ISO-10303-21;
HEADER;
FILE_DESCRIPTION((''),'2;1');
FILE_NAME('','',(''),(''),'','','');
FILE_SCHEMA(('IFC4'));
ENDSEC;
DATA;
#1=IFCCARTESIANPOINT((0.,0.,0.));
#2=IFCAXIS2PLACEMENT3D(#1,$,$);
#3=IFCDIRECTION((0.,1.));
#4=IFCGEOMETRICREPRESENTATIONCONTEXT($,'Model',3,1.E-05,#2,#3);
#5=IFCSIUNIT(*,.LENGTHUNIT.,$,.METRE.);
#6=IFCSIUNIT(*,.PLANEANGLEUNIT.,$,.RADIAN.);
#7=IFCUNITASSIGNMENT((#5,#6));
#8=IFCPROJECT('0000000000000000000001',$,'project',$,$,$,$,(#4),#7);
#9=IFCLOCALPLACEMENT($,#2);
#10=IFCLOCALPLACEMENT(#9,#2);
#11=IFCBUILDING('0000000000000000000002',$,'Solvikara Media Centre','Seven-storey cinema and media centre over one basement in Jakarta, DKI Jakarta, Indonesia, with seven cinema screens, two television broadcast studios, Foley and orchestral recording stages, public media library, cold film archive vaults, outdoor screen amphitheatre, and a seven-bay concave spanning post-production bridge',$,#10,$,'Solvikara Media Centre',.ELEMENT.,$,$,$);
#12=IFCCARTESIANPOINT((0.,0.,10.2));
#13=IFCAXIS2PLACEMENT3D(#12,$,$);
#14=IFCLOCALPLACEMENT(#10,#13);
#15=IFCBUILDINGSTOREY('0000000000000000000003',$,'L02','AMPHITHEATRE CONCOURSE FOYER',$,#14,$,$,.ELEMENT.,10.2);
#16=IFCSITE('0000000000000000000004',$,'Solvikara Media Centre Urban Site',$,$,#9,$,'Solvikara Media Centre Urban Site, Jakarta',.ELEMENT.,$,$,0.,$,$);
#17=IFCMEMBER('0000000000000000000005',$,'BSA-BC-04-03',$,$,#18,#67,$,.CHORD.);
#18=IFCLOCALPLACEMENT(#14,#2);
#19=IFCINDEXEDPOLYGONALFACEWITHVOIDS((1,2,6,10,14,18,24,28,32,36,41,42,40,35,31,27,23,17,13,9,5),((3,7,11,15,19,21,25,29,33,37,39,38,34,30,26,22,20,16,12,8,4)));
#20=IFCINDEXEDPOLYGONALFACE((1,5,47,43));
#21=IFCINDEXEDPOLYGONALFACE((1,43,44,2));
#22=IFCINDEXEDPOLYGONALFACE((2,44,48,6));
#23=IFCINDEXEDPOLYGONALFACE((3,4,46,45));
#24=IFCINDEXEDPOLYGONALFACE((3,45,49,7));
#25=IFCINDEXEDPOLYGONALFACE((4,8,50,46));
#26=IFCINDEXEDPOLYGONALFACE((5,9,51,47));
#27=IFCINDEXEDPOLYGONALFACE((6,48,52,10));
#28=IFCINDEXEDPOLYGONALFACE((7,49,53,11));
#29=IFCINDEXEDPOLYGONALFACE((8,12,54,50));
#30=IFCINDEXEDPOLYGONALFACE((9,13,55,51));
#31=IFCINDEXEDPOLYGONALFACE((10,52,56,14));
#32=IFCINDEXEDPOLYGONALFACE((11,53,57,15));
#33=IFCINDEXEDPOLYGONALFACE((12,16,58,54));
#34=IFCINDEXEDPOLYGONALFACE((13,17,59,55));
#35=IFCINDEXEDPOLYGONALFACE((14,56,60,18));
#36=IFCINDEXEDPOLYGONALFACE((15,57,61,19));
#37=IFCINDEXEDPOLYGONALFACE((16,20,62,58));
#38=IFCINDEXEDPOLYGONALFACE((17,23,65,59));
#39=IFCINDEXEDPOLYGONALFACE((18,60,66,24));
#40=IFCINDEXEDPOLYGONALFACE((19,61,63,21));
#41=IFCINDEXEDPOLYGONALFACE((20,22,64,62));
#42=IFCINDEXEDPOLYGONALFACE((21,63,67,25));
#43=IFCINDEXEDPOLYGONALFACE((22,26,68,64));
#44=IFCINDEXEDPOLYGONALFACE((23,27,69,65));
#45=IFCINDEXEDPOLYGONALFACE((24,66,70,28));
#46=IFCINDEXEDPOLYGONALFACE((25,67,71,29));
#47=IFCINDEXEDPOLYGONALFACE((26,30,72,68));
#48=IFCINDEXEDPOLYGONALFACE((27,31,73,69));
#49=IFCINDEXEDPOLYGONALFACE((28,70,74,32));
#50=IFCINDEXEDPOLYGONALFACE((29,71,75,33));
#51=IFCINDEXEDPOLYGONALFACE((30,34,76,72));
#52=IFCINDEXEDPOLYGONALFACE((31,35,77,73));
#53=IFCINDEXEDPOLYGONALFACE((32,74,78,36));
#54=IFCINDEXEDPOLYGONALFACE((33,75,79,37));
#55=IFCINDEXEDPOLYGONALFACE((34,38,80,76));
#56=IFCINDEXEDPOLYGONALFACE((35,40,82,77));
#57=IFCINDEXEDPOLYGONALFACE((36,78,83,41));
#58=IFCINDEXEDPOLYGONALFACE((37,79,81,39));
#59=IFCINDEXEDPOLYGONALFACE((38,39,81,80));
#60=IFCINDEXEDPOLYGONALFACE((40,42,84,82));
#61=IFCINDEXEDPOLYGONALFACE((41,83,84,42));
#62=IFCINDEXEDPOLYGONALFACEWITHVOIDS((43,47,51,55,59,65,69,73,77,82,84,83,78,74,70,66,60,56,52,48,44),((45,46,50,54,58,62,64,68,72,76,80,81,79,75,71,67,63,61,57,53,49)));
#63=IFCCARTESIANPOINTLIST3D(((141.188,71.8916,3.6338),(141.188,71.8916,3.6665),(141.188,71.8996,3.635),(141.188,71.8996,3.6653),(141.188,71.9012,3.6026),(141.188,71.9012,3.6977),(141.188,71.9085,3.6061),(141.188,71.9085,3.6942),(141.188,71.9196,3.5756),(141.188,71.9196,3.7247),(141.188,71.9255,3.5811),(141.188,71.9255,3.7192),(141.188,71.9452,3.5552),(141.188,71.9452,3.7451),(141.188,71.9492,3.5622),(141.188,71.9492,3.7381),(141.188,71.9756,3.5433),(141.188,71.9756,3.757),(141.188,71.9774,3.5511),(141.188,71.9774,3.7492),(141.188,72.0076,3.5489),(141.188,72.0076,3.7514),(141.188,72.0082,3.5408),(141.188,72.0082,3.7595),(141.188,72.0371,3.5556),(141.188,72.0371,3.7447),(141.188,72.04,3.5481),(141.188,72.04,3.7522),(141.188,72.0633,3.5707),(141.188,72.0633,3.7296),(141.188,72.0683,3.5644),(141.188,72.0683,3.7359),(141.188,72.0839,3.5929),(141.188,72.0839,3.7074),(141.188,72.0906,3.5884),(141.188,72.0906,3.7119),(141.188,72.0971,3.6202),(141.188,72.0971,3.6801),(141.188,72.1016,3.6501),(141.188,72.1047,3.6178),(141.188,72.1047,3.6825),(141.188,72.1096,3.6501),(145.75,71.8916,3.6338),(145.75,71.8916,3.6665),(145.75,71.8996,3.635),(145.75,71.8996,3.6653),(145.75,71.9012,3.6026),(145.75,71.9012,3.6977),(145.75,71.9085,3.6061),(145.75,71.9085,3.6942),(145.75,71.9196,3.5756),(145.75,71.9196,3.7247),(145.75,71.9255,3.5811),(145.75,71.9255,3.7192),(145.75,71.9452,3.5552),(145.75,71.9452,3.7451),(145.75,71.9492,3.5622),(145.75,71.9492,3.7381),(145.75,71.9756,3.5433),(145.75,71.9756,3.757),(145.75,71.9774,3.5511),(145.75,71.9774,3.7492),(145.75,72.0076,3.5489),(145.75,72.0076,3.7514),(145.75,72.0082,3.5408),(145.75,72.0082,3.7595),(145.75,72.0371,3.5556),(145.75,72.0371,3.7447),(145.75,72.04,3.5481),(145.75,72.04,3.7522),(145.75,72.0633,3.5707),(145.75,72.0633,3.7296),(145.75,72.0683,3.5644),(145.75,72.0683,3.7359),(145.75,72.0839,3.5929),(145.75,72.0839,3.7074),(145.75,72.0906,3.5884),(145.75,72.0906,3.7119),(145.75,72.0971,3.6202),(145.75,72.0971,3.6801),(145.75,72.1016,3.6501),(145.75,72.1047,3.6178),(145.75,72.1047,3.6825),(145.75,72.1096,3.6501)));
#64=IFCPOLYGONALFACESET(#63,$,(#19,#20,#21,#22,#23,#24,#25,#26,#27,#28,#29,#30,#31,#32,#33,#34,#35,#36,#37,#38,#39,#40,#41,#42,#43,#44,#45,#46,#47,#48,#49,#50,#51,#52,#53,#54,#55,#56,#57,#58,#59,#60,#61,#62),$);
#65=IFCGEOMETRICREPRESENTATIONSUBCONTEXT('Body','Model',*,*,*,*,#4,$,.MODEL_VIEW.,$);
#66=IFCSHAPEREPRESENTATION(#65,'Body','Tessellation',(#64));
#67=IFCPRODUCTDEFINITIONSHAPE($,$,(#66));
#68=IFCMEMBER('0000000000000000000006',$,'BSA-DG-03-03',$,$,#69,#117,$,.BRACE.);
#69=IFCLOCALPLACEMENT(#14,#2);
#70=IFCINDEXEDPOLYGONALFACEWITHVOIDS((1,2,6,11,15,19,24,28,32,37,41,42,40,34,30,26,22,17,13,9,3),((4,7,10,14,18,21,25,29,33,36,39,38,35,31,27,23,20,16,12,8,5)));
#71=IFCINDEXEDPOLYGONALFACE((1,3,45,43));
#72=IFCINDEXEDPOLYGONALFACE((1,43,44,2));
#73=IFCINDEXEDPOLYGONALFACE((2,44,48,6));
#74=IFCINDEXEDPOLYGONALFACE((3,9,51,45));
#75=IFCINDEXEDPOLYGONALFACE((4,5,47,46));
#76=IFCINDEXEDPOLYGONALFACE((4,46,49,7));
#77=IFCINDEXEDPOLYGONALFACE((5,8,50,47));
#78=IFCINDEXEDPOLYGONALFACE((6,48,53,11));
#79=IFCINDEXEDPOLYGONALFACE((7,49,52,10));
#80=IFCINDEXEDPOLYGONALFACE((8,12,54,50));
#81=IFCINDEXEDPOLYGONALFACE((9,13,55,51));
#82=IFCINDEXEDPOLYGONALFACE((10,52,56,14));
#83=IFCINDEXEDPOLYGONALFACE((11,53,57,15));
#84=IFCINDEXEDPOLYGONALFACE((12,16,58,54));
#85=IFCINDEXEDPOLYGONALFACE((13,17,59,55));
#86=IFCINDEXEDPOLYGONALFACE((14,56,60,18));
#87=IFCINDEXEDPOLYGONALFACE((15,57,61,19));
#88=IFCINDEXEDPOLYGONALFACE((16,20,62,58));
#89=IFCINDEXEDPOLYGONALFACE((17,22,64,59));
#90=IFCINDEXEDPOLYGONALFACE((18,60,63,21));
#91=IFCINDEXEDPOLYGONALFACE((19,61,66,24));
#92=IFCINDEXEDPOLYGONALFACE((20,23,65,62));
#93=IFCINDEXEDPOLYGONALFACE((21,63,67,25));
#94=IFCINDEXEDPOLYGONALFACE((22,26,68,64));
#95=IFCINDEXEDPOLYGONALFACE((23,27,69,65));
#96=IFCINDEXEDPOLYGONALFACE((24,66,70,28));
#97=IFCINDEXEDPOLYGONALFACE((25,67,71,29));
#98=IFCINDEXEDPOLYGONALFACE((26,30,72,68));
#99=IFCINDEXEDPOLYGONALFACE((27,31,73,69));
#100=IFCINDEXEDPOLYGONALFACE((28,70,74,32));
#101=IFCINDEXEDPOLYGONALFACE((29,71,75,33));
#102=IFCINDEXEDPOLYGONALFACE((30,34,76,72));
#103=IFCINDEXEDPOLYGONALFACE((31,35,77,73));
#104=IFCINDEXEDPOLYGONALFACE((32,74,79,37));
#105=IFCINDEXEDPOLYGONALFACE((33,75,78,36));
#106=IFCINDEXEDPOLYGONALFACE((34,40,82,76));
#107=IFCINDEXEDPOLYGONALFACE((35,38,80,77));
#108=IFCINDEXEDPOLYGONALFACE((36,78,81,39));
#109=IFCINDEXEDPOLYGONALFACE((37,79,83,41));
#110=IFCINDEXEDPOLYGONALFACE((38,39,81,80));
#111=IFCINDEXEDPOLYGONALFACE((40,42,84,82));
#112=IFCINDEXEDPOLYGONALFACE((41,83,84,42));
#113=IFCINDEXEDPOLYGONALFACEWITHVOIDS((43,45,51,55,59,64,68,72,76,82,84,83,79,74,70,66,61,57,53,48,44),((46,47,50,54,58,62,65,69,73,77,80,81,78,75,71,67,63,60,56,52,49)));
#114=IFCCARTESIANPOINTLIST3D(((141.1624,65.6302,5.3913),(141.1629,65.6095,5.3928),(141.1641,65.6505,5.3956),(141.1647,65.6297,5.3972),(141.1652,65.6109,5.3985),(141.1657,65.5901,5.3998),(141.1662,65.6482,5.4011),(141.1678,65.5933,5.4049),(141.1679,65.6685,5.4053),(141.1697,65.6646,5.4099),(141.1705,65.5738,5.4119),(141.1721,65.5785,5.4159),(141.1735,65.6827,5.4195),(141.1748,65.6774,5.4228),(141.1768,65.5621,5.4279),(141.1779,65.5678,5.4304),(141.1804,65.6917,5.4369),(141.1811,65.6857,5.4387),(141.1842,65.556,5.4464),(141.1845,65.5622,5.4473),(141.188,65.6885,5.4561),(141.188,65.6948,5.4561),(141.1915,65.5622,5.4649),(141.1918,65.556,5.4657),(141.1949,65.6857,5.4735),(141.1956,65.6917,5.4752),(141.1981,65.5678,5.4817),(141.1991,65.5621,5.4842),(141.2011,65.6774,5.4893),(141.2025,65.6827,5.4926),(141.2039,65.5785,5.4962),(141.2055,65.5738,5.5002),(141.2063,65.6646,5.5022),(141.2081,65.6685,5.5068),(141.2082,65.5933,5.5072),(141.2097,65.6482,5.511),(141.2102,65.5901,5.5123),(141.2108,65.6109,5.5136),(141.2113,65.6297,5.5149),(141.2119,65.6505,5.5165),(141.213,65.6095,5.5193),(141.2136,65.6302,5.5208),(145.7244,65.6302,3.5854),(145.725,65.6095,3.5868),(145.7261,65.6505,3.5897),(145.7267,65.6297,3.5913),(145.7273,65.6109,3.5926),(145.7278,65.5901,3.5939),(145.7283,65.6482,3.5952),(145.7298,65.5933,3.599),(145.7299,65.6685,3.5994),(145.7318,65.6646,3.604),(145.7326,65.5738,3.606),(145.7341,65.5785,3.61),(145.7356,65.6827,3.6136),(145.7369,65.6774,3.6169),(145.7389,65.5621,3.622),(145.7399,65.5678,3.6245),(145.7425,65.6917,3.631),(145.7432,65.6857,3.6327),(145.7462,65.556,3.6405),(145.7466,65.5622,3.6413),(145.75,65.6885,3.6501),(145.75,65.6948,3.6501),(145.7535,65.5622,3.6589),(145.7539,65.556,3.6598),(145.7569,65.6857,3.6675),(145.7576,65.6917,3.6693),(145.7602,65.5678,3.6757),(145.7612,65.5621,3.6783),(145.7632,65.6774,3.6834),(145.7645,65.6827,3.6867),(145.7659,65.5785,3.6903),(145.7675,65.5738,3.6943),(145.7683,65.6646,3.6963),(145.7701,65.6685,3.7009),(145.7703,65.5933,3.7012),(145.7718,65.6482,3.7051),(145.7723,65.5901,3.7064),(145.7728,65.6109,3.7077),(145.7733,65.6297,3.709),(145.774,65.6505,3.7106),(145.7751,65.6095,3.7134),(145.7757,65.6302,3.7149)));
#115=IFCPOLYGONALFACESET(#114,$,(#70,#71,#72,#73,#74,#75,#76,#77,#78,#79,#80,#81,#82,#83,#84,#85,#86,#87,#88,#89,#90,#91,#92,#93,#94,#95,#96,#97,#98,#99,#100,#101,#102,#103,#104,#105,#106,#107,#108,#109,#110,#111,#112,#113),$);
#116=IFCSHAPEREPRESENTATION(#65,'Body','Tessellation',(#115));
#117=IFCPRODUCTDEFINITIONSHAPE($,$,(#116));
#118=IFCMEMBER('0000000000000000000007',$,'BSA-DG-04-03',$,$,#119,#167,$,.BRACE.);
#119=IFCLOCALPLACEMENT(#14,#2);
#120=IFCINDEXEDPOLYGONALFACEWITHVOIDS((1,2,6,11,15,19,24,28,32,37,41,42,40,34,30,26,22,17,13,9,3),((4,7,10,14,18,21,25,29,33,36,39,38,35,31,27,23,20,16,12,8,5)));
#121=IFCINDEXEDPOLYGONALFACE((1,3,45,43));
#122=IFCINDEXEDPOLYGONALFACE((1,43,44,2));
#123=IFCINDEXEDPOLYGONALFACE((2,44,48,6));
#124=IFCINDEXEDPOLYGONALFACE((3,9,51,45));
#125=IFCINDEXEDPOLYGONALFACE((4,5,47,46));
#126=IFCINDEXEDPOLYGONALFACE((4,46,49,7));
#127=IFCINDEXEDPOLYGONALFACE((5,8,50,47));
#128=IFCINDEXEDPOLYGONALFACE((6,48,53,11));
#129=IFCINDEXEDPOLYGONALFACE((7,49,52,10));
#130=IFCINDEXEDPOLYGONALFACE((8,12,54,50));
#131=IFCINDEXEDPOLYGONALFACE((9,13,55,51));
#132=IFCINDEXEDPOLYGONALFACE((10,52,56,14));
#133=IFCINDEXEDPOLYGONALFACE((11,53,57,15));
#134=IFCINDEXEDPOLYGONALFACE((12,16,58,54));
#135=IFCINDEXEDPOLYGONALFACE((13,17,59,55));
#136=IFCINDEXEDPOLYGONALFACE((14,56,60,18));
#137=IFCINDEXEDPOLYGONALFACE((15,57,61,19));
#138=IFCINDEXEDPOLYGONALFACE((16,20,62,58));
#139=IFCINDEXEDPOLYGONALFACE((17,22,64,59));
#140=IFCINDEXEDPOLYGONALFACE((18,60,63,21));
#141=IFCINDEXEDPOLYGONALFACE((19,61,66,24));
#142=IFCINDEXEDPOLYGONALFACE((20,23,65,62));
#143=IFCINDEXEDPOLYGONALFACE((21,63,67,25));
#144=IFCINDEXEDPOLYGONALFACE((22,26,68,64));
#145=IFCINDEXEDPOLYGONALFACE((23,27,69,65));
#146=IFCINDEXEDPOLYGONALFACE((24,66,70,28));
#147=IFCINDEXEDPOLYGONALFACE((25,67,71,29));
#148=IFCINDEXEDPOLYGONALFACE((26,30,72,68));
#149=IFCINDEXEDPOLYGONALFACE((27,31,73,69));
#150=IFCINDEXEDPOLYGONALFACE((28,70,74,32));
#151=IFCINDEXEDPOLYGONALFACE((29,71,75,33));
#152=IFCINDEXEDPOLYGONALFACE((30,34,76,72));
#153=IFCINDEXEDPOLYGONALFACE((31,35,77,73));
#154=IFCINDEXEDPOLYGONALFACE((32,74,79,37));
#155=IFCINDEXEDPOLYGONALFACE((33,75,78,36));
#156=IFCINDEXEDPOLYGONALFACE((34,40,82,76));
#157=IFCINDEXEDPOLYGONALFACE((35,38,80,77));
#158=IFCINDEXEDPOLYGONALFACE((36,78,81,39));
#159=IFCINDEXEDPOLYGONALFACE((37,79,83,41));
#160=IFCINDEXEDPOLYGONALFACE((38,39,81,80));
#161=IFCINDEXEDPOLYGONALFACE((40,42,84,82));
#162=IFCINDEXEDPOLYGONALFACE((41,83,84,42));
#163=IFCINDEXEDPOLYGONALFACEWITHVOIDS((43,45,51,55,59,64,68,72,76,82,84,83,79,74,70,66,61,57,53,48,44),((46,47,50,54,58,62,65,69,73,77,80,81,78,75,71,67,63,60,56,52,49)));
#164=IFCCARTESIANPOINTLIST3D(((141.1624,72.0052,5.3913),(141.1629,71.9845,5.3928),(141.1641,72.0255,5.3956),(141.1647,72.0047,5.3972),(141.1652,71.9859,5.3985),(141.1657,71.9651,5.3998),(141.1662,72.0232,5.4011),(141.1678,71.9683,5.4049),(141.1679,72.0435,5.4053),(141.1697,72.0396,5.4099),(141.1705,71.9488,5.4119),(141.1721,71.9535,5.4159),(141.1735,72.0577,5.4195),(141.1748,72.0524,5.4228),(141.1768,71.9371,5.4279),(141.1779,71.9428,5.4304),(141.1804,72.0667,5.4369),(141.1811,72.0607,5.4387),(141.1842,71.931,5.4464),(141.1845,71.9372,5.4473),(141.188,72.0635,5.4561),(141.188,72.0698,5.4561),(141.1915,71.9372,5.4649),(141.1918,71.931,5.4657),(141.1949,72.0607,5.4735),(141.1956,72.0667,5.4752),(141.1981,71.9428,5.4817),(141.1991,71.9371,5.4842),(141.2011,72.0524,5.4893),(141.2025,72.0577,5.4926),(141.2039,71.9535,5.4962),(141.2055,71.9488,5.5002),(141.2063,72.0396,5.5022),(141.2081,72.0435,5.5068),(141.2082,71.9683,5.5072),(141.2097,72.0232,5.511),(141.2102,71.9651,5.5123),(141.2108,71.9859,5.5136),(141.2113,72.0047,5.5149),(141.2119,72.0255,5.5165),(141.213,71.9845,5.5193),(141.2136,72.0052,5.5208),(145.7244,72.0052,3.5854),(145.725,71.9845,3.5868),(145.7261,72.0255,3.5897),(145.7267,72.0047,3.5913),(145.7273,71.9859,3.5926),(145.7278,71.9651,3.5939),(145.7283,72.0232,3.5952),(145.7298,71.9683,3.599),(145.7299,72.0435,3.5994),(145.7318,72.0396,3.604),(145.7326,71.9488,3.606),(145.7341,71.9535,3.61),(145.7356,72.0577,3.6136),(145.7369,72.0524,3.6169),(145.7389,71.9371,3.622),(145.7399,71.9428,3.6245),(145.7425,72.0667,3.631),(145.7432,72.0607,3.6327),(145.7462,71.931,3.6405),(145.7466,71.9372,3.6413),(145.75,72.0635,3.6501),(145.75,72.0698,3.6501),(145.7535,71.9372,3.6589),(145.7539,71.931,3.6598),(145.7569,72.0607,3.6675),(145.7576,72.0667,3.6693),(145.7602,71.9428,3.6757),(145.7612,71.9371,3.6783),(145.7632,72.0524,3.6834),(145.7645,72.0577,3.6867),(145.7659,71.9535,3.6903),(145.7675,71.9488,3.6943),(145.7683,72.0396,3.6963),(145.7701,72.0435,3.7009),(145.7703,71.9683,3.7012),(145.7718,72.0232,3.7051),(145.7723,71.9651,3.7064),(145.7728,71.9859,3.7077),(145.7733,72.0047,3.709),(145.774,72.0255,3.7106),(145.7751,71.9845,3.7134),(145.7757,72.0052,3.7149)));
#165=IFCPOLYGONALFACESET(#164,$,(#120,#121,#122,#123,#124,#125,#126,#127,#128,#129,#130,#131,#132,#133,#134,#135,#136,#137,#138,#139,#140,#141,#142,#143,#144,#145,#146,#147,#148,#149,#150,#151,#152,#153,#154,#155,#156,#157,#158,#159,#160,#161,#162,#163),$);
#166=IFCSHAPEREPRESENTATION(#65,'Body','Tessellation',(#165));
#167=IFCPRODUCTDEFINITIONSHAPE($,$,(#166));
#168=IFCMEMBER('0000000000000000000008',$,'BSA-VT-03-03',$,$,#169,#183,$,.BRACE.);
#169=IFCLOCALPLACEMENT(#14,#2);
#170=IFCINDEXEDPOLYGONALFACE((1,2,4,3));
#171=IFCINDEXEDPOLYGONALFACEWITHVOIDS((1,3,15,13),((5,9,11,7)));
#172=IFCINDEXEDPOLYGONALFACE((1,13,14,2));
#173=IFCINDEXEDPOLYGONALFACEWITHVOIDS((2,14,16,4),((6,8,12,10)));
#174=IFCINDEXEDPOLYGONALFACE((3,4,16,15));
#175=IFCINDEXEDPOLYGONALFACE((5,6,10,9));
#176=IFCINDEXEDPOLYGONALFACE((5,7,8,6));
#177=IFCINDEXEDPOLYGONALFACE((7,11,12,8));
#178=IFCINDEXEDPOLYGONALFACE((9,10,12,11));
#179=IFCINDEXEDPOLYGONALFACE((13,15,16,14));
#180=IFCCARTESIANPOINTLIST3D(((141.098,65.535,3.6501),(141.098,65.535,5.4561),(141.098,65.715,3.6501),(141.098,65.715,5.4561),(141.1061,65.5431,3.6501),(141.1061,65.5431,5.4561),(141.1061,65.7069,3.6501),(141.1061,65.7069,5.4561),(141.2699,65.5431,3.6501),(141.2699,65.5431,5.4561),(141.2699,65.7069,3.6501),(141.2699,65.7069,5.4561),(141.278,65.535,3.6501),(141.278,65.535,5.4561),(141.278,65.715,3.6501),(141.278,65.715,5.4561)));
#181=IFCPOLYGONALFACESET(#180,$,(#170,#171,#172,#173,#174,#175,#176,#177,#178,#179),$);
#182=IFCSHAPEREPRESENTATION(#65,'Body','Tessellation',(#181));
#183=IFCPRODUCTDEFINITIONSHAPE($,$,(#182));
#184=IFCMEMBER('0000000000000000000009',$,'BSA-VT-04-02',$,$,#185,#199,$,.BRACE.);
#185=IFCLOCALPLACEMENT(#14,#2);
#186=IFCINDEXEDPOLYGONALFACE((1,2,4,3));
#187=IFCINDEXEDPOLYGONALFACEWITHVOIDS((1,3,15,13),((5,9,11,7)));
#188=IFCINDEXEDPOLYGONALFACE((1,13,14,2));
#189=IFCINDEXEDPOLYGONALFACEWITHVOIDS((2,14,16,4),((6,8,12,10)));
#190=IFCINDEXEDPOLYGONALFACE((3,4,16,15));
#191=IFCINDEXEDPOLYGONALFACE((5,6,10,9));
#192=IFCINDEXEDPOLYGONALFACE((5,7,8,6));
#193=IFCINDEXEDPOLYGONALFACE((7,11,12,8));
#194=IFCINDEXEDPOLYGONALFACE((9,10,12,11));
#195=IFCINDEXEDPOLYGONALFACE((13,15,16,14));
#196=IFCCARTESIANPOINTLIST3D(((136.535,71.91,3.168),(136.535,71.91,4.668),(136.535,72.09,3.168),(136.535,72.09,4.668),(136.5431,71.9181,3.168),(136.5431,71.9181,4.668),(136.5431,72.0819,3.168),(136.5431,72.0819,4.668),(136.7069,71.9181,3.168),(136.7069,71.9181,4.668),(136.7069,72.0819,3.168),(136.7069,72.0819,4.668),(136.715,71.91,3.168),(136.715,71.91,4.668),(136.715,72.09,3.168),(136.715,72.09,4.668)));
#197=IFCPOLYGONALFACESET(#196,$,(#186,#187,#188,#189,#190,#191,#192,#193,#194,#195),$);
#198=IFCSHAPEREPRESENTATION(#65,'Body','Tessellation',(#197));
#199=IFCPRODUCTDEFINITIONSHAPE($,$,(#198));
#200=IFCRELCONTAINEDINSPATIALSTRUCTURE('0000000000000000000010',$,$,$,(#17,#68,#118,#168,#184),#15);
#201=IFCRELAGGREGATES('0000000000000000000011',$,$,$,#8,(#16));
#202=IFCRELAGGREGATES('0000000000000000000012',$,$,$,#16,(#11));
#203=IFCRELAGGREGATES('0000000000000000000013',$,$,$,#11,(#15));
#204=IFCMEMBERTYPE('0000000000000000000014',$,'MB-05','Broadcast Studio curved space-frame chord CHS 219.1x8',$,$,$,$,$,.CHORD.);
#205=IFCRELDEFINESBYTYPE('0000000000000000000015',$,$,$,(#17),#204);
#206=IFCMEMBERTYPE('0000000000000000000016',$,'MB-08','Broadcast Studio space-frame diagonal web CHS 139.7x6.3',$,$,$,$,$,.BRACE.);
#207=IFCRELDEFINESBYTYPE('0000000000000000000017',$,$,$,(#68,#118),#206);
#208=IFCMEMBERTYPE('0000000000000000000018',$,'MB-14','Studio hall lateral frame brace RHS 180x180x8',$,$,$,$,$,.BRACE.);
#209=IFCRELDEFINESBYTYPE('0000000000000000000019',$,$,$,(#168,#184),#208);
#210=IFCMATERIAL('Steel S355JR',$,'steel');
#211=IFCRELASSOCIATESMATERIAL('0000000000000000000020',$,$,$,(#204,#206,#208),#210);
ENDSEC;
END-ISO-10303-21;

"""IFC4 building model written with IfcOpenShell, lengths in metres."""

from ifc_helpers import new_model, si_unit, direction, frame, origin, origin_2d, place, context, subcontext, project, spatial, hollow_rectangle, hollow_circle, extrude, material, material_profile, profile_set, type_object, element, save


model = new_model("IFC4")

# Units and contexts
model_context = context("Model", 3, precision=1e-05, world=origin(), true_north=direction((0.0, 1.0)))
body_context = subcontext(model_context, "Body", "Model", "MODEL_VIEW")
ifc_project = project(units=[si_unit("LENGTHUNIT", "METRE"), si_unit("PLANEANGLEUNIT", "RADIAN")], contexts=[model_context])

# Site, building, storey
site_placement = place(None, origin())
site = spatial("IfcSite", under=ifc_project, at=site_placement, Name="Solvikara Media Centre Urban Site", LongName="Solvikara Media Centre Urban Site, Jakarta", CompositionType="ELEMENT", RefElevation=0.0)
building_placement = place(site_placement, origin())
building = spatial("IfcBuilding", under=site, at=building_placement, Name="Solvikara Media Centre", Description="Seven-storey cinema and media centre over one basement in Jakarta, DKI Jakarta, Indonesia, with seven cinema screens, two television broadcast studios, Foley and orchestral recording stages, public media library, cold film archive vaults, outdoor screen amphitheatre, and a seven-bay concave spanning post-production bridge", LongName="Solvikara Media Centre", CompositionType="ELEMENT")
storey_placement = place(building_placement, frame((0.0, 0.0, 10.2)))
storey = spatial("IfcBuildingStorey", under=building, at=storey_placement, Name="L02", Description="AMPHITHEATRE CONCOURSE FOYER", CompositionType="ELEMENT", Elevation=10.2)

# Members
ifc_material_1 = material(Name="Steel S355JR", Category="steel")
ifc_material_profile_1 = material_profile(ifc_material_1, hollow_circle(Radius=0.1096, WallThickness=0.0081, at=origin_2d()), Name="CHS 219.1x8")
ifc_profile_set_1 = profile_set([ifc_material_profile_1], Name="Steel S355JR")
member_type_1 = type_object("IfcMemberType", Name="MB-05", Description="Broadcast Studio curved space-frame chord CHS 219.1x8", PredefinedType="CHORD", material=ifc_profile_set_1)
member_1_placement = place(storey_placement, frame((141.188, 72.0, 3.6501), z_axis=(1.0, 0.0, 0.0), x_axis=(0.0, 1.0, 0.0)))
element("IfcMember", 1, at=member_1_placement, inside=storey, type_object=member_type_1, Name="BSA-BC-04-03", PredefinedType="CHORD", context=body_context, shape_type="SweptSolid", body=[
    extrude(hollow_circle(Radius=0.1096, WallThickness=0.0081, at=origin_2d()), origin(), (0.0, 0.0, 1.0), 4.562),
])
ifc_material_profile_2 = material_profile(ifc_material_1, hollow_circle(Radius=0.0698, WallThickness=0.0063, at=origin_2d()), Name="CHS 139.7x6.3")
ifc_profile_set_2 = profile_set([ifc_material_profile_2], Name="Steel S355JR")
member_type_2 = type_object("IfcMemberType", Name="MB-08", Description="Broadcast Studio space-frame diagonal web CHS 139.7x6.3", PredefinedType="BRACE", material=ifc_profile_set_2)
for number, where, z_axis, x_axis, name in (
    (2, (141.188, 65.625, 5.4561), (0.929799, 0.0, -0.368068), (0.0, 1.0, 0.0), "BSA-DG-03-03"),
    (3, (141.188, 72.0, 5.4561), (0.929799, 0.0, -0.368068), (0.0, 1.0, 0.0), "BSA-DG-04-03"),
):
    element("IfcMember", number, at=place(storey_placement, frame(where, z_axis=z_axis, x_axis=x_axis)), inside=storey, type_object=member_type_2, Name=name, PredefinedType="BRACE", context=body_context, shape_type="SweptSolid", body=[
        extrude(hollow_circle(Radius=0.0698, WallThickness=0.0063, at=origin_2d()), origin(), (0.0, 0.0, 1.0), 4.9065),
    ])
ifc_material_profile_3 = material_profile(ifc_material_1, hollow_rectangle(XDim=0.1799, YDim=0.1799, WallThickness=0.0081, at=origin_2d()), Name="RHS 180x180x8")
ifc_profile_set_3 = profile_set([ifc_material_profile_3], Name="Steel S355JR")
member_type_3 = type_object("IfcMemberType", Name="MB-14", Description="Studio hall lateral frame brace RHS 180x180x8", PredefinedType="BRACE", material=ifc_profile_set_3)
member_2_placement = place(storey_placement, frame((141.188, 65.625, 3.6501), z_axis=(0.0, 0.0, 1.0), x_axis=(1.0, 0.0, 0.0)))
element("IfcMember", 4, at=member_2_placement, inside=storey, type_object=member_type_3, Name="BSA-VT-03-03", PredefinedType="BRACE", context=body_context, shape_type="SweptSolid", body=[
    extrude(hollow_rectangle(XDim=0.1799, YDim=0.1799, WallThickness=0.0081, at=origin_2d()), origin(), (0.0, 0.0, 1.0), 1.8059),
])
member_3_placement = place(storey_placement, frame((136.625, 72.0, 3.168), z_axis=(0.0, 0.0, 1.0), x_axis=(1.0, 0.0, 0.0)))
element("IfcMember", 5, at=member_3_placement, inside=storey, type_object=member_type_3, Name="BSA-VT-04-02", PredefinedType="BRACE", context=body_context, shape_type="SweptSolid", body=[
    extrude(hollow_rectangle(XDim=0.1799, YDim=0.1799, WallThickness=0.0081, at=origin_2d()), origin(), (0.0, 0.0, 1.0), 1.5),
])

save(model, "model.ifc")
